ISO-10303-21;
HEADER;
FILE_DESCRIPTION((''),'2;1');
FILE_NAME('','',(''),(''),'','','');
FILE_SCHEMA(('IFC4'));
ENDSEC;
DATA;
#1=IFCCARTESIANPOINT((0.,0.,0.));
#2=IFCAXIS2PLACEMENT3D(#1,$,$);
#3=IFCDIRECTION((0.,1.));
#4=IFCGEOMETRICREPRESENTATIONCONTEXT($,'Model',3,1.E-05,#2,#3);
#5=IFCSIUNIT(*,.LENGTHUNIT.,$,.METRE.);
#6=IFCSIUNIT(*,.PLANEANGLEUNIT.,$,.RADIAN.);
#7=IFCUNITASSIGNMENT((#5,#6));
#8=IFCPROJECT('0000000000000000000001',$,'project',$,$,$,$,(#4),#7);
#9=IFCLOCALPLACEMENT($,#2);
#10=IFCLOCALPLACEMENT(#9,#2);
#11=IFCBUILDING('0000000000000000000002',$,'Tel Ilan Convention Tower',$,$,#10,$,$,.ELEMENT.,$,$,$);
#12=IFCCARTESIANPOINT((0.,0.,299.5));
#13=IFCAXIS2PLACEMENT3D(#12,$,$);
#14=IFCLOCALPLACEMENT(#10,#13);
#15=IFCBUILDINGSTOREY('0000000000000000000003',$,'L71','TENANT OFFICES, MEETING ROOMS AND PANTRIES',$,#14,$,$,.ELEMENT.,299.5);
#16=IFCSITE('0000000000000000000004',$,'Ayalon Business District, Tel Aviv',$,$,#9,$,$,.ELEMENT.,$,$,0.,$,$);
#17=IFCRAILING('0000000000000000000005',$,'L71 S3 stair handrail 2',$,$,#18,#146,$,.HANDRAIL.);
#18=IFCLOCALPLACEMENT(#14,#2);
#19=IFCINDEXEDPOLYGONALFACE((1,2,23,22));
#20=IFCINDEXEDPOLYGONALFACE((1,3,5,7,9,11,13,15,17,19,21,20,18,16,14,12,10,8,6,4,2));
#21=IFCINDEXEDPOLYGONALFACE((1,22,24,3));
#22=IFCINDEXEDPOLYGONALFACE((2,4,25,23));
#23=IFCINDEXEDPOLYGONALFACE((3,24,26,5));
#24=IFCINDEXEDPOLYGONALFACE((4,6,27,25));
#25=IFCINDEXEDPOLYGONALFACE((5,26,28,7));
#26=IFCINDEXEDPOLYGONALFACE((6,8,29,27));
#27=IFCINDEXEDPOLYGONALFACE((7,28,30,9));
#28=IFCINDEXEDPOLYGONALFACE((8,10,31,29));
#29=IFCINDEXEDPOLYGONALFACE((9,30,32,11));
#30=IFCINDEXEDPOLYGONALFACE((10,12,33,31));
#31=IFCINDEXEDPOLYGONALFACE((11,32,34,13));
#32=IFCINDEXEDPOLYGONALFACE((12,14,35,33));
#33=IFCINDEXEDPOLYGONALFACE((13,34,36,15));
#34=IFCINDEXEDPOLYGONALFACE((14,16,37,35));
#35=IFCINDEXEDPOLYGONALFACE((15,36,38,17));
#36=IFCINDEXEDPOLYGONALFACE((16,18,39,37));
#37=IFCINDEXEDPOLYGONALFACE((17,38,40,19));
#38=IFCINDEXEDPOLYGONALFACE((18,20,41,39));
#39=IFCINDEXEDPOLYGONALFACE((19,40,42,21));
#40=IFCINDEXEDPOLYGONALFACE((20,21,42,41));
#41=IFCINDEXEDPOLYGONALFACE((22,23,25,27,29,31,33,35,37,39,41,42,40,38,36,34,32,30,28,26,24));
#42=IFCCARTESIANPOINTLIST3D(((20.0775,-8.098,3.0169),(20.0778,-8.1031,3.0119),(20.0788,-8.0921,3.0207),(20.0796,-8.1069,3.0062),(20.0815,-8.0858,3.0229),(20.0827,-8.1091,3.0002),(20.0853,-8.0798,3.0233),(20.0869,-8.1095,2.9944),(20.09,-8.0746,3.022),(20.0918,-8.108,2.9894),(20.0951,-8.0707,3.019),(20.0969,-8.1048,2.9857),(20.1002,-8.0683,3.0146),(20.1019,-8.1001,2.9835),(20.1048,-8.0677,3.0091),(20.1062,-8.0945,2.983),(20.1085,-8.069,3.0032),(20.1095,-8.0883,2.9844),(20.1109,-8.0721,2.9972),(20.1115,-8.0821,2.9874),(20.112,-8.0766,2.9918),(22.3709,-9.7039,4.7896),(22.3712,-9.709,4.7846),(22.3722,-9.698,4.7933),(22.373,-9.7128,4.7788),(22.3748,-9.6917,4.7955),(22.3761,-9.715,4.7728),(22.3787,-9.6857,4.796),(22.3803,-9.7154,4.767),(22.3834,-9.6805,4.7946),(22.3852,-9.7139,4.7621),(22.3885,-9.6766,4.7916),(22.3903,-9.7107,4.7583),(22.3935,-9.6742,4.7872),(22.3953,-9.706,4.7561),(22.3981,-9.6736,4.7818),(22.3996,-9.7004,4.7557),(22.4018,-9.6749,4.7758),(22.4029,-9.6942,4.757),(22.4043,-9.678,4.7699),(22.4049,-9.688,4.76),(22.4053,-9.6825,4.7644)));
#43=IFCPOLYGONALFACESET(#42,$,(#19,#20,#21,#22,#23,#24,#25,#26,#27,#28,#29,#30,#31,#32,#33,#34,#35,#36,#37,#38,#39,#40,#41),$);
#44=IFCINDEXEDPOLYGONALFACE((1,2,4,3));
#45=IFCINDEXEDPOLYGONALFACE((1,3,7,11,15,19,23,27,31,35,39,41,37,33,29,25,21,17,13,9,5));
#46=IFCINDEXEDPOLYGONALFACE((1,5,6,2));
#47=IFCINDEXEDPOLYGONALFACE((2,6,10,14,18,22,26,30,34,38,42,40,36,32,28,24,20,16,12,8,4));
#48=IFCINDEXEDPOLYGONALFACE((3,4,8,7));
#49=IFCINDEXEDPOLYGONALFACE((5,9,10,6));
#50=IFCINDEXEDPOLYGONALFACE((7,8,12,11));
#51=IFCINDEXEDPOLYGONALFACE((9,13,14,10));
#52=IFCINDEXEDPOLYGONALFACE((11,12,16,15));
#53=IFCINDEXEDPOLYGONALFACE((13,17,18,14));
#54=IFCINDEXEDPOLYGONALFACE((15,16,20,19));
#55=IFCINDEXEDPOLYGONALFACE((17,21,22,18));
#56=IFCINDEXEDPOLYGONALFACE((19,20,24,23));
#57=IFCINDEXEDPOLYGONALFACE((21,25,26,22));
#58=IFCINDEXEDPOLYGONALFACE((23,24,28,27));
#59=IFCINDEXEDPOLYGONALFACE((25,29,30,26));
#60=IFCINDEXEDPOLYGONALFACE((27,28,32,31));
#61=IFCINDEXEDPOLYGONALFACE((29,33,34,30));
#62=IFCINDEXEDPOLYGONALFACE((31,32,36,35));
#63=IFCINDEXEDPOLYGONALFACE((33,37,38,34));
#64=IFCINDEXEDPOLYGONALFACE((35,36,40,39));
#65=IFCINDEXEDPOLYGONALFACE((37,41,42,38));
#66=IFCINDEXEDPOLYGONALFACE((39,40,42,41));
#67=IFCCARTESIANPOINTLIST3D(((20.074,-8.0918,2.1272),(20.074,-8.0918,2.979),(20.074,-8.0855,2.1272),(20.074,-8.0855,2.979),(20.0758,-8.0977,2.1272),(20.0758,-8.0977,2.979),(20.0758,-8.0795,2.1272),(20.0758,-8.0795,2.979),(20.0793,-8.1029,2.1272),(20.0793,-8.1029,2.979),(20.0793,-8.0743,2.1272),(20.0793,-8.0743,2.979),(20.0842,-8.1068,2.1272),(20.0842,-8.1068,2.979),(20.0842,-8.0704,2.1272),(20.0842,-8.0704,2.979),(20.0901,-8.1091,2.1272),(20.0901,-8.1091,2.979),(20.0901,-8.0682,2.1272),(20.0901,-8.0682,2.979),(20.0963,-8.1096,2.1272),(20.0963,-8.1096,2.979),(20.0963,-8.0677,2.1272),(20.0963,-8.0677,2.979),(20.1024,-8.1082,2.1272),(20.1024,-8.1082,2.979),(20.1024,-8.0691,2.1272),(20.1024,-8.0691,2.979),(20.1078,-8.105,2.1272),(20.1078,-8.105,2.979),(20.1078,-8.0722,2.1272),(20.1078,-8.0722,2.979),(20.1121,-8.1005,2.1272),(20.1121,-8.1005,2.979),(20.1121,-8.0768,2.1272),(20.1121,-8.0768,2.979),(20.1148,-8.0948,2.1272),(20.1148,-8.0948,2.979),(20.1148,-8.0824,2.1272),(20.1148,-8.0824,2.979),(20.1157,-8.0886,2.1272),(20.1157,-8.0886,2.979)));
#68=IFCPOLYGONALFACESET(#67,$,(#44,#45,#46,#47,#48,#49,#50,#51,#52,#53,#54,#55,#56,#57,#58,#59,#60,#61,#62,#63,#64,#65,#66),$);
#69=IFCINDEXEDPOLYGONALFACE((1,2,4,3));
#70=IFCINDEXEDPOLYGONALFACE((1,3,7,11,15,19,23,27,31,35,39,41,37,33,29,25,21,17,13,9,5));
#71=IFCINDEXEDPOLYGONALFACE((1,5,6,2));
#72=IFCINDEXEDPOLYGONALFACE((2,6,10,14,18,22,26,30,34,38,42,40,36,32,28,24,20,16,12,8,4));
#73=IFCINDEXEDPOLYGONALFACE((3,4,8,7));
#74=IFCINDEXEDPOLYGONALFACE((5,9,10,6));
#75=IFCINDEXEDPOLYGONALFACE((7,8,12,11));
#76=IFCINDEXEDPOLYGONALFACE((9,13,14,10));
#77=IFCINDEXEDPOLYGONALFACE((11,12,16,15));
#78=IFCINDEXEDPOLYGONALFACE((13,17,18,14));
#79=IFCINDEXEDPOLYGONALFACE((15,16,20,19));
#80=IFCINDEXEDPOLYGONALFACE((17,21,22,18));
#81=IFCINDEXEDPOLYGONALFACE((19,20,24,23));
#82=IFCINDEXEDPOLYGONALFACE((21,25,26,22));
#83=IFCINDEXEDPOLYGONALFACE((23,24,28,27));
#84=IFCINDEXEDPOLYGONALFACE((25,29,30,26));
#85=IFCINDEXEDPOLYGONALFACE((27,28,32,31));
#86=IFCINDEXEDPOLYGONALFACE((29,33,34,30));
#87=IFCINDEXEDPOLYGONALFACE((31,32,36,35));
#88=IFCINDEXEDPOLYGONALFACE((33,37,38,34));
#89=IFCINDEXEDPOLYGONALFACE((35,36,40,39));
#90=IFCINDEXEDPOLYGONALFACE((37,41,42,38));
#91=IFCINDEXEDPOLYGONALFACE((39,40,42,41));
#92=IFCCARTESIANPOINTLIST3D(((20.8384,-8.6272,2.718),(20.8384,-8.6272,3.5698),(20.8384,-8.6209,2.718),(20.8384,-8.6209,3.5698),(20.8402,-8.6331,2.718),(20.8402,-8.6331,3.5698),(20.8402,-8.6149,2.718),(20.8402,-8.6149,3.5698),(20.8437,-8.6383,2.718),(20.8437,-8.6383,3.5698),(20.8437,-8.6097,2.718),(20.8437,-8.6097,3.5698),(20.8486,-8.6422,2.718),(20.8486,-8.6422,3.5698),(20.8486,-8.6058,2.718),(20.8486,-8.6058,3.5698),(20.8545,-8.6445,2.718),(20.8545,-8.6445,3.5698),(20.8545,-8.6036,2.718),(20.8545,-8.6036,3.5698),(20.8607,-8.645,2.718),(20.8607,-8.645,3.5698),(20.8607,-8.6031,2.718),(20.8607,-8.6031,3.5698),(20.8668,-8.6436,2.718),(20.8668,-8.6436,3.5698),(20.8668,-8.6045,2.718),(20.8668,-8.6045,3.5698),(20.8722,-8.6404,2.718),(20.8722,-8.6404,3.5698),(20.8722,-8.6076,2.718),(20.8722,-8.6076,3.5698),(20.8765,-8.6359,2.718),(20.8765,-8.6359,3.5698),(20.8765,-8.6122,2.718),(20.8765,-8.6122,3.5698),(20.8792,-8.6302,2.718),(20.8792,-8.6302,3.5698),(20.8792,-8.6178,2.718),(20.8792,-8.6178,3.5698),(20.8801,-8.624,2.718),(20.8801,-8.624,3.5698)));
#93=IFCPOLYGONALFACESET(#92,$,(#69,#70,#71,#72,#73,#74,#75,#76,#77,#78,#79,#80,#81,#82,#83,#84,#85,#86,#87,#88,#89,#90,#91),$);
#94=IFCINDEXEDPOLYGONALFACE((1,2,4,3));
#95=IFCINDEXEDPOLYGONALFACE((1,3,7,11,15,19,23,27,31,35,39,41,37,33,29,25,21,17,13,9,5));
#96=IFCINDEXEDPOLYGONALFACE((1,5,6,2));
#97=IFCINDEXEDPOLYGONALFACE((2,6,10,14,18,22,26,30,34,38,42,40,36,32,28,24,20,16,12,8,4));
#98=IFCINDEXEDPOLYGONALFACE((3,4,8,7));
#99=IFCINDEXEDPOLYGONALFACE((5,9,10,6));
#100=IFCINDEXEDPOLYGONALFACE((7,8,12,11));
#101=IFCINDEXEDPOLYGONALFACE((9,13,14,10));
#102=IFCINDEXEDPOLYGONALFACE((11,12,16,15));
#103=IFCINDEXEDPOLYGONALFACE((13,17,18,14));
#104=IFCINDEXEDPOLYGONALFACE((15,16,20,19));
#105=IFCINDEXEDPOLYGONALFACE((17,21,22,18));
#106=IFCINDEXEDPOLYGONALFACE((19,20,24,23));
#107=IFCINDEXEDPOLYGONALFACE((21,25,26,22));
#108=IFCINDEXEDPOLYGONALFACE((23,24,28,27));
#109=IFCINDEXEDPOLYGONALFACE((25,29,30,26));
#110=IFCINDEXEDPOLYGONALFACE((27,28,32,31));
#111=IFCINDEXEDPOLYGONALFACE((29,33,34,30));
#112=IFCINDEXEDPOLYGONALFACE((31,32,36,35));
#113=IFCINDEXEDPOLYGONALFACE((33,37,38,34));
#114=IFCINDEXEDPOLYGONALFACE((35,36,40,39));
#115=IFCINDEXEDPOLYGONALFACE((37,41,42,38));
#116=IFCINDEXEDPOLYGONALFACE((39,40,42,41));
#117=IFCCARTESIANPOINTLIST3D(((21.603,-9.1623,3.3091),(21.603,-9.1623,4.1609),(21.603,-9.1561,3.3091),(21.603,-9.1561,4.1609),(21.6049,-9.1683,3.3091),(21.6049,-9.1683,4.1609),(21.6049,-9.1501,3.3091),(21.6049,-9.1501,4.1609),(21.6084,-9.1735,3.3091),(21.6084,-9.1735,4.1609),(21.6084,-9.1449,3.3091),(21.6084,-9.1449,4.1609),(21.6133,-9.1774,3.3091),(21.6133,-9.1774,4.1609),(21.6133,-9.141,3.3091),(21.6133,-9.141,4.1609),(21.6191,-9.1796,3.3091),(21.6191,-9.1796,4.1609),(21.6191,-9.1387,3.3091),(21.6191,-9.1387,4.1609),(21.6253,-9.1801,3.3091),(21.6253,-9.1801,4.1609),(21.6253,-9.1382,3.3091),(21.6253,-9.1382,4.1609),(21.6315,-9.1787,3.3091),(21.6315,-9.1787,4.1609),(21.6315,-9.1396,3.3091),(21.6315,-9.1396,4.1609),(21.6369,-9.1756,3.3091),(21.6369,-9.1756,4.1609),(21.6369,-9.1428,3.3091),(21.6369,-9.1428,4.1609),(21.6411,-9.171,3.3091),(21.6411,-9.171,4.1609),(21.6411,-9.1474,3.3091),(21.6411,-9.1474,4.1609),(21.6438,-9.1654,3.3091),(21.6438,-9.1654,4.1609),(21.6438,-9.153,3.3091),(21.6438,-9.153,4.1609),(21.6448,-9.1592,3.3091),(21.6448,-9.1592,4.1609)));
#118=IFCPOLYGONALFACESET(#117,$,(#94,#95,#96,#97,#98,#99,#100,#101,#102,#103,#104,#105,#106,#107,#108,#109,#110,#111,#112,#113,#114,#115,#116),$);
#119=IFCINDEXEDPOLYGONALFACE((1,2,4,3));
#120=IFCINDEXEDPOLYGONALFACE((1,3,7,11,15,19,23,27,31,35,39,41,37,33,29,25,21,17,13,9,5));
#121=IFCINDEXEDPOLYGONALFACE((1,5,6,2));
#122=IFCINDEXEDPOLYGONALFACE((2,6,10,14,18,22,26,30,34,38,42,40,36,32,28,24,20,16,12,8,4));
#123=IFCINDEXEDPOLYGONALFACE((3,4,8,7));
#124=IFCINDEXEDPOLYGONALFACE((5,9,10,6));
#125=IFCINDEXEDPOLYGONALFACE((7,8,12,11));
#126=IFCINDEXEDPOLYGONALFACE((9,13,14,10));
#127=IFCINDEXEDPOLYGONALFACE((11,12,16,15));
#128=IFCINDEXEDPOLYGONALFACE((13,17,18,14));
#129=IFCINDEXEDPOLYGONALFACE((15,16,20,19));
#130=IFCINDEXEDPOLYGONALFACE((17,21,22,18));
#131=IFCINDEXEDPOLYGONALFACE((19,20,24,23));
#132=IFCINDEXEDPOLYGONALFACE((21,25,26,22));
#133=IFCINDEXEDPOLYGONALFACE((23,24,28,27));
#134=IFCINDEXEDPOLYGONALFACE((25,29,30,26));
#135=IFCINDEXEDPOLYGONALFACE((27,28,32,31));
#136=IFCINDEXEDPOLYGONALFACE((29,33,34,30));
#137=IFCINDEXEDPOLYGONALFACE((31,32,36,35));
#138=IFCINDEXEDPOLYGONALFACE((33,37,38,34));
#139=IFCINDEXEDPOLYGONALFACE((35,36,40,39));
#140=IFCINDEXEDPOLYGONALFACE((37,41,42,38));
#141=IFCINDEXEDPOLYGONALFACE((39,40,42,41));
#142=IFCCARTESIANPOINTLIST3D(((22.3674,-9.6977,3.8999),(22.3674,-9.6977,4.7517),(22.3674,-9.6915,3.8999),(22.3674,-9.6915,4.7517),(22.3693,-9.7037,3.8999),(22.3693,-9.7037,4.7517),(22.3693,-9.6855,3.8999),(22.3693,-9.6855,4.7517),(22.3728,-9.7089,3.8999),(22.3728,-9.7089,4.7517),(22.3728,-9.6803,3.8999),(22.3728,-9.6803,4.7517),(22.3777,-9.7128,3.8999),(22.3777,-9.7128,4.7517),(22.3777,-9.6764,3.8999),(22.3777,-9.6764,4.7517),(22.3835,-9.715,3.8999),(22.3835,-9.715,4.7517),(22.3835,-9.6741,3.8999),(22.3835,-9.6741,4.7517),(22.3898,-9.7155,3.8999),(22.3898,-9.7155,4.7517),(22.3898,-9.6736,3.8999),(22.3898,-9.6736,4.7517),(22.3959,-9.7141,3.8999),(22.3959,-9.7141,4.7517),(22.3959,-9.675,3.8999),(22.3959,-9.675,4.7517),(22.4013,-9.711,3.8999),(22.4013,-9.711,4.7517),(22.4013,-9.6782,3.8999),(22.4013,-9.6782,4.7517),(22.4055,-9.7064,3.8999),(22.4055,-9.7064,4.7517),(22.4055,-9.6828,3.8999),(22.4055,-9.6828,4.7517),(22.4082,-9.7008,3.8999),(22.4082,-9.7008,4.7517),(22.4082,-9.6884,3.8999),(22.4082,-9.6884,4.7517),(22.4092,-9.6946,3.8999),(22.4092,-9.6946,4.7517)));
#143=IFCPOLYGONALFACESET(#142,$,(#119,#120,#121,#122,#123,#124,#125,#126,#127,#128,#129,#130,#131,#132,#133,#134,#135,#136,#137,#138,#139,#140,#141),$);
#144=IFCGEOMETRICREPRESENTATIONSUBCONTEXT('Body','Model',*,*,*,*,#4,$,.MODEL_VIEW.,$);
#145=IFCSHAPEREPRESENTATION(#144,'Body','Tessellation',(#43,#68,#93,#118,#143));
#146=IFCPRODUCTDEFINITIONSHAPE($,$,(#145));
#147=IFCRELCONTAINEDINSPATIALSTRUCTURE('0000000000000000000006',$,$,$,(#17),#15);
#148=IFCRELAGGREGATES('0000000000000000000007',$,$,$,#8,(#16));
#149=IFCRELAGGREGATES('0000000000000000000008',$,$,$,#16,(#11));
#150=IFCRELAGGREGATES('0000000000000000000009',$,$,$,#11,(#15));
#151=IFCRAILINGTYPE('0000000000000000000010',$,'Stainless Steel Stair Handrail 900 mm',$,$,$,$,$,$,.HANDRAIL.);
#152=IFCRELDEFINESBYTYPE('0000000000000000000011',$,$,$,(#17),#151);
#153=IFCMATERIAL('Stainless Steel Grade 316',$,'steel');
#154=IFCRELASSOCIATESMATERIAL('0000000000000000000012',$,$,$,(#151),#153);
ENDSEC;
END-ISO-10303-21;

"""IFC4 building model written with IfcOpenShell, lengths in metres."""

from ifc_helpers import new_model, si_unit, direction, frame, origin, origin_2d, place, context, subcontext, project, spatial, circle, extrude, material, type_object, element, save


model = new_model("IFC4")

# Units and contexts
model_context = context("Model", 3, precision=1e-05, world=origin(), true_north=direction((0.0, 1.0)))
body_context = subcontext(model_context, "Body", "Model", "MODEL_VIEW")
ifc_project = project(units=[si_unit("LENGTHUNIT", "METRE"), si_unit("PLANEANGLEUNIT", "RADIAN")], contexts=[model_context])

# Site, building, storey
site_placement = place(None, origin())
site = spatial("IfcSite", under=ifc_project, at=site_placement, Name="Ayalon Business District, Tel Aviv", CompositionType="ELEMENT", RefElevation=0.0)
building_placement = place(site_placement, origin())
building = spatial("IfcBuilding", under=site, at=building_placement, Name="Tel Ilan Convention Tower", CompositionType="ELEMENT")
storey_placement = place(building_placement, frame((0.0, 0.0, 299.5)))
storey = spatial("IfcBuildingStorey", under=building, at=storey_placement, Name="L71", Description="TENANT OFFICES, MEETING ROOMS AND PANTRIES", CompositionType="ELEMENT", Elevation=299.5)

# Railing
ifc_material_1 = material(Name="Stainless Steel Grade 316", Category="steel")
railing_type_1 = type_object("IfcRailingType", Name="Stainless Steel Stair Handrail 900 mm", PredefinedType="HANDRAIL", material=ifc_material_1)
railing_1_placement = place(storey_placement, frame((20.0947, -8.0886, 2.1272)))
element("IfcRailing", 1, at=railing_1_placement, inside=storey, type_object=railing_type_1, Name="L71 S3 stair handrail 2", PredefinedType="HANDRAIL", context=body_context, shape_type="SweptSolid", body=[
    extrude(circle(Radius=0.0239, at=origin_2d()), frame((0.0, 0.0, 0.876), z_axis=(0.692085, -0.484621, 0.53494), x_axis=(0.573591, 0.819142, 0.0)), (0.0, 0.0, 1.0), 3.3137),
    extrude(circle(Radius=0.021, at=origin_2d()), origin(), (0.0, 0.0, 1.0), 0.8518),
    extrude(circle(Radius=0.021, at=origin_2d()), frame((0.7644, -0.5354, 0.5908)), (0.0, 0.0, 1.0), 0.8518),
    extrude(circle(Radius=0.021, at=origin_2d()), frame((1.5291, -1.0706, 1.1819)), (0.0, 0.0, 1.0), 0.8518),
    extrude(circle(Radius=0.021, at=origin_2d()), frame((2.2935, -1.606, 1.7727)), (0.0, 0.0, 1.0), 0.8518),
])

save(model, "model.ifc")
